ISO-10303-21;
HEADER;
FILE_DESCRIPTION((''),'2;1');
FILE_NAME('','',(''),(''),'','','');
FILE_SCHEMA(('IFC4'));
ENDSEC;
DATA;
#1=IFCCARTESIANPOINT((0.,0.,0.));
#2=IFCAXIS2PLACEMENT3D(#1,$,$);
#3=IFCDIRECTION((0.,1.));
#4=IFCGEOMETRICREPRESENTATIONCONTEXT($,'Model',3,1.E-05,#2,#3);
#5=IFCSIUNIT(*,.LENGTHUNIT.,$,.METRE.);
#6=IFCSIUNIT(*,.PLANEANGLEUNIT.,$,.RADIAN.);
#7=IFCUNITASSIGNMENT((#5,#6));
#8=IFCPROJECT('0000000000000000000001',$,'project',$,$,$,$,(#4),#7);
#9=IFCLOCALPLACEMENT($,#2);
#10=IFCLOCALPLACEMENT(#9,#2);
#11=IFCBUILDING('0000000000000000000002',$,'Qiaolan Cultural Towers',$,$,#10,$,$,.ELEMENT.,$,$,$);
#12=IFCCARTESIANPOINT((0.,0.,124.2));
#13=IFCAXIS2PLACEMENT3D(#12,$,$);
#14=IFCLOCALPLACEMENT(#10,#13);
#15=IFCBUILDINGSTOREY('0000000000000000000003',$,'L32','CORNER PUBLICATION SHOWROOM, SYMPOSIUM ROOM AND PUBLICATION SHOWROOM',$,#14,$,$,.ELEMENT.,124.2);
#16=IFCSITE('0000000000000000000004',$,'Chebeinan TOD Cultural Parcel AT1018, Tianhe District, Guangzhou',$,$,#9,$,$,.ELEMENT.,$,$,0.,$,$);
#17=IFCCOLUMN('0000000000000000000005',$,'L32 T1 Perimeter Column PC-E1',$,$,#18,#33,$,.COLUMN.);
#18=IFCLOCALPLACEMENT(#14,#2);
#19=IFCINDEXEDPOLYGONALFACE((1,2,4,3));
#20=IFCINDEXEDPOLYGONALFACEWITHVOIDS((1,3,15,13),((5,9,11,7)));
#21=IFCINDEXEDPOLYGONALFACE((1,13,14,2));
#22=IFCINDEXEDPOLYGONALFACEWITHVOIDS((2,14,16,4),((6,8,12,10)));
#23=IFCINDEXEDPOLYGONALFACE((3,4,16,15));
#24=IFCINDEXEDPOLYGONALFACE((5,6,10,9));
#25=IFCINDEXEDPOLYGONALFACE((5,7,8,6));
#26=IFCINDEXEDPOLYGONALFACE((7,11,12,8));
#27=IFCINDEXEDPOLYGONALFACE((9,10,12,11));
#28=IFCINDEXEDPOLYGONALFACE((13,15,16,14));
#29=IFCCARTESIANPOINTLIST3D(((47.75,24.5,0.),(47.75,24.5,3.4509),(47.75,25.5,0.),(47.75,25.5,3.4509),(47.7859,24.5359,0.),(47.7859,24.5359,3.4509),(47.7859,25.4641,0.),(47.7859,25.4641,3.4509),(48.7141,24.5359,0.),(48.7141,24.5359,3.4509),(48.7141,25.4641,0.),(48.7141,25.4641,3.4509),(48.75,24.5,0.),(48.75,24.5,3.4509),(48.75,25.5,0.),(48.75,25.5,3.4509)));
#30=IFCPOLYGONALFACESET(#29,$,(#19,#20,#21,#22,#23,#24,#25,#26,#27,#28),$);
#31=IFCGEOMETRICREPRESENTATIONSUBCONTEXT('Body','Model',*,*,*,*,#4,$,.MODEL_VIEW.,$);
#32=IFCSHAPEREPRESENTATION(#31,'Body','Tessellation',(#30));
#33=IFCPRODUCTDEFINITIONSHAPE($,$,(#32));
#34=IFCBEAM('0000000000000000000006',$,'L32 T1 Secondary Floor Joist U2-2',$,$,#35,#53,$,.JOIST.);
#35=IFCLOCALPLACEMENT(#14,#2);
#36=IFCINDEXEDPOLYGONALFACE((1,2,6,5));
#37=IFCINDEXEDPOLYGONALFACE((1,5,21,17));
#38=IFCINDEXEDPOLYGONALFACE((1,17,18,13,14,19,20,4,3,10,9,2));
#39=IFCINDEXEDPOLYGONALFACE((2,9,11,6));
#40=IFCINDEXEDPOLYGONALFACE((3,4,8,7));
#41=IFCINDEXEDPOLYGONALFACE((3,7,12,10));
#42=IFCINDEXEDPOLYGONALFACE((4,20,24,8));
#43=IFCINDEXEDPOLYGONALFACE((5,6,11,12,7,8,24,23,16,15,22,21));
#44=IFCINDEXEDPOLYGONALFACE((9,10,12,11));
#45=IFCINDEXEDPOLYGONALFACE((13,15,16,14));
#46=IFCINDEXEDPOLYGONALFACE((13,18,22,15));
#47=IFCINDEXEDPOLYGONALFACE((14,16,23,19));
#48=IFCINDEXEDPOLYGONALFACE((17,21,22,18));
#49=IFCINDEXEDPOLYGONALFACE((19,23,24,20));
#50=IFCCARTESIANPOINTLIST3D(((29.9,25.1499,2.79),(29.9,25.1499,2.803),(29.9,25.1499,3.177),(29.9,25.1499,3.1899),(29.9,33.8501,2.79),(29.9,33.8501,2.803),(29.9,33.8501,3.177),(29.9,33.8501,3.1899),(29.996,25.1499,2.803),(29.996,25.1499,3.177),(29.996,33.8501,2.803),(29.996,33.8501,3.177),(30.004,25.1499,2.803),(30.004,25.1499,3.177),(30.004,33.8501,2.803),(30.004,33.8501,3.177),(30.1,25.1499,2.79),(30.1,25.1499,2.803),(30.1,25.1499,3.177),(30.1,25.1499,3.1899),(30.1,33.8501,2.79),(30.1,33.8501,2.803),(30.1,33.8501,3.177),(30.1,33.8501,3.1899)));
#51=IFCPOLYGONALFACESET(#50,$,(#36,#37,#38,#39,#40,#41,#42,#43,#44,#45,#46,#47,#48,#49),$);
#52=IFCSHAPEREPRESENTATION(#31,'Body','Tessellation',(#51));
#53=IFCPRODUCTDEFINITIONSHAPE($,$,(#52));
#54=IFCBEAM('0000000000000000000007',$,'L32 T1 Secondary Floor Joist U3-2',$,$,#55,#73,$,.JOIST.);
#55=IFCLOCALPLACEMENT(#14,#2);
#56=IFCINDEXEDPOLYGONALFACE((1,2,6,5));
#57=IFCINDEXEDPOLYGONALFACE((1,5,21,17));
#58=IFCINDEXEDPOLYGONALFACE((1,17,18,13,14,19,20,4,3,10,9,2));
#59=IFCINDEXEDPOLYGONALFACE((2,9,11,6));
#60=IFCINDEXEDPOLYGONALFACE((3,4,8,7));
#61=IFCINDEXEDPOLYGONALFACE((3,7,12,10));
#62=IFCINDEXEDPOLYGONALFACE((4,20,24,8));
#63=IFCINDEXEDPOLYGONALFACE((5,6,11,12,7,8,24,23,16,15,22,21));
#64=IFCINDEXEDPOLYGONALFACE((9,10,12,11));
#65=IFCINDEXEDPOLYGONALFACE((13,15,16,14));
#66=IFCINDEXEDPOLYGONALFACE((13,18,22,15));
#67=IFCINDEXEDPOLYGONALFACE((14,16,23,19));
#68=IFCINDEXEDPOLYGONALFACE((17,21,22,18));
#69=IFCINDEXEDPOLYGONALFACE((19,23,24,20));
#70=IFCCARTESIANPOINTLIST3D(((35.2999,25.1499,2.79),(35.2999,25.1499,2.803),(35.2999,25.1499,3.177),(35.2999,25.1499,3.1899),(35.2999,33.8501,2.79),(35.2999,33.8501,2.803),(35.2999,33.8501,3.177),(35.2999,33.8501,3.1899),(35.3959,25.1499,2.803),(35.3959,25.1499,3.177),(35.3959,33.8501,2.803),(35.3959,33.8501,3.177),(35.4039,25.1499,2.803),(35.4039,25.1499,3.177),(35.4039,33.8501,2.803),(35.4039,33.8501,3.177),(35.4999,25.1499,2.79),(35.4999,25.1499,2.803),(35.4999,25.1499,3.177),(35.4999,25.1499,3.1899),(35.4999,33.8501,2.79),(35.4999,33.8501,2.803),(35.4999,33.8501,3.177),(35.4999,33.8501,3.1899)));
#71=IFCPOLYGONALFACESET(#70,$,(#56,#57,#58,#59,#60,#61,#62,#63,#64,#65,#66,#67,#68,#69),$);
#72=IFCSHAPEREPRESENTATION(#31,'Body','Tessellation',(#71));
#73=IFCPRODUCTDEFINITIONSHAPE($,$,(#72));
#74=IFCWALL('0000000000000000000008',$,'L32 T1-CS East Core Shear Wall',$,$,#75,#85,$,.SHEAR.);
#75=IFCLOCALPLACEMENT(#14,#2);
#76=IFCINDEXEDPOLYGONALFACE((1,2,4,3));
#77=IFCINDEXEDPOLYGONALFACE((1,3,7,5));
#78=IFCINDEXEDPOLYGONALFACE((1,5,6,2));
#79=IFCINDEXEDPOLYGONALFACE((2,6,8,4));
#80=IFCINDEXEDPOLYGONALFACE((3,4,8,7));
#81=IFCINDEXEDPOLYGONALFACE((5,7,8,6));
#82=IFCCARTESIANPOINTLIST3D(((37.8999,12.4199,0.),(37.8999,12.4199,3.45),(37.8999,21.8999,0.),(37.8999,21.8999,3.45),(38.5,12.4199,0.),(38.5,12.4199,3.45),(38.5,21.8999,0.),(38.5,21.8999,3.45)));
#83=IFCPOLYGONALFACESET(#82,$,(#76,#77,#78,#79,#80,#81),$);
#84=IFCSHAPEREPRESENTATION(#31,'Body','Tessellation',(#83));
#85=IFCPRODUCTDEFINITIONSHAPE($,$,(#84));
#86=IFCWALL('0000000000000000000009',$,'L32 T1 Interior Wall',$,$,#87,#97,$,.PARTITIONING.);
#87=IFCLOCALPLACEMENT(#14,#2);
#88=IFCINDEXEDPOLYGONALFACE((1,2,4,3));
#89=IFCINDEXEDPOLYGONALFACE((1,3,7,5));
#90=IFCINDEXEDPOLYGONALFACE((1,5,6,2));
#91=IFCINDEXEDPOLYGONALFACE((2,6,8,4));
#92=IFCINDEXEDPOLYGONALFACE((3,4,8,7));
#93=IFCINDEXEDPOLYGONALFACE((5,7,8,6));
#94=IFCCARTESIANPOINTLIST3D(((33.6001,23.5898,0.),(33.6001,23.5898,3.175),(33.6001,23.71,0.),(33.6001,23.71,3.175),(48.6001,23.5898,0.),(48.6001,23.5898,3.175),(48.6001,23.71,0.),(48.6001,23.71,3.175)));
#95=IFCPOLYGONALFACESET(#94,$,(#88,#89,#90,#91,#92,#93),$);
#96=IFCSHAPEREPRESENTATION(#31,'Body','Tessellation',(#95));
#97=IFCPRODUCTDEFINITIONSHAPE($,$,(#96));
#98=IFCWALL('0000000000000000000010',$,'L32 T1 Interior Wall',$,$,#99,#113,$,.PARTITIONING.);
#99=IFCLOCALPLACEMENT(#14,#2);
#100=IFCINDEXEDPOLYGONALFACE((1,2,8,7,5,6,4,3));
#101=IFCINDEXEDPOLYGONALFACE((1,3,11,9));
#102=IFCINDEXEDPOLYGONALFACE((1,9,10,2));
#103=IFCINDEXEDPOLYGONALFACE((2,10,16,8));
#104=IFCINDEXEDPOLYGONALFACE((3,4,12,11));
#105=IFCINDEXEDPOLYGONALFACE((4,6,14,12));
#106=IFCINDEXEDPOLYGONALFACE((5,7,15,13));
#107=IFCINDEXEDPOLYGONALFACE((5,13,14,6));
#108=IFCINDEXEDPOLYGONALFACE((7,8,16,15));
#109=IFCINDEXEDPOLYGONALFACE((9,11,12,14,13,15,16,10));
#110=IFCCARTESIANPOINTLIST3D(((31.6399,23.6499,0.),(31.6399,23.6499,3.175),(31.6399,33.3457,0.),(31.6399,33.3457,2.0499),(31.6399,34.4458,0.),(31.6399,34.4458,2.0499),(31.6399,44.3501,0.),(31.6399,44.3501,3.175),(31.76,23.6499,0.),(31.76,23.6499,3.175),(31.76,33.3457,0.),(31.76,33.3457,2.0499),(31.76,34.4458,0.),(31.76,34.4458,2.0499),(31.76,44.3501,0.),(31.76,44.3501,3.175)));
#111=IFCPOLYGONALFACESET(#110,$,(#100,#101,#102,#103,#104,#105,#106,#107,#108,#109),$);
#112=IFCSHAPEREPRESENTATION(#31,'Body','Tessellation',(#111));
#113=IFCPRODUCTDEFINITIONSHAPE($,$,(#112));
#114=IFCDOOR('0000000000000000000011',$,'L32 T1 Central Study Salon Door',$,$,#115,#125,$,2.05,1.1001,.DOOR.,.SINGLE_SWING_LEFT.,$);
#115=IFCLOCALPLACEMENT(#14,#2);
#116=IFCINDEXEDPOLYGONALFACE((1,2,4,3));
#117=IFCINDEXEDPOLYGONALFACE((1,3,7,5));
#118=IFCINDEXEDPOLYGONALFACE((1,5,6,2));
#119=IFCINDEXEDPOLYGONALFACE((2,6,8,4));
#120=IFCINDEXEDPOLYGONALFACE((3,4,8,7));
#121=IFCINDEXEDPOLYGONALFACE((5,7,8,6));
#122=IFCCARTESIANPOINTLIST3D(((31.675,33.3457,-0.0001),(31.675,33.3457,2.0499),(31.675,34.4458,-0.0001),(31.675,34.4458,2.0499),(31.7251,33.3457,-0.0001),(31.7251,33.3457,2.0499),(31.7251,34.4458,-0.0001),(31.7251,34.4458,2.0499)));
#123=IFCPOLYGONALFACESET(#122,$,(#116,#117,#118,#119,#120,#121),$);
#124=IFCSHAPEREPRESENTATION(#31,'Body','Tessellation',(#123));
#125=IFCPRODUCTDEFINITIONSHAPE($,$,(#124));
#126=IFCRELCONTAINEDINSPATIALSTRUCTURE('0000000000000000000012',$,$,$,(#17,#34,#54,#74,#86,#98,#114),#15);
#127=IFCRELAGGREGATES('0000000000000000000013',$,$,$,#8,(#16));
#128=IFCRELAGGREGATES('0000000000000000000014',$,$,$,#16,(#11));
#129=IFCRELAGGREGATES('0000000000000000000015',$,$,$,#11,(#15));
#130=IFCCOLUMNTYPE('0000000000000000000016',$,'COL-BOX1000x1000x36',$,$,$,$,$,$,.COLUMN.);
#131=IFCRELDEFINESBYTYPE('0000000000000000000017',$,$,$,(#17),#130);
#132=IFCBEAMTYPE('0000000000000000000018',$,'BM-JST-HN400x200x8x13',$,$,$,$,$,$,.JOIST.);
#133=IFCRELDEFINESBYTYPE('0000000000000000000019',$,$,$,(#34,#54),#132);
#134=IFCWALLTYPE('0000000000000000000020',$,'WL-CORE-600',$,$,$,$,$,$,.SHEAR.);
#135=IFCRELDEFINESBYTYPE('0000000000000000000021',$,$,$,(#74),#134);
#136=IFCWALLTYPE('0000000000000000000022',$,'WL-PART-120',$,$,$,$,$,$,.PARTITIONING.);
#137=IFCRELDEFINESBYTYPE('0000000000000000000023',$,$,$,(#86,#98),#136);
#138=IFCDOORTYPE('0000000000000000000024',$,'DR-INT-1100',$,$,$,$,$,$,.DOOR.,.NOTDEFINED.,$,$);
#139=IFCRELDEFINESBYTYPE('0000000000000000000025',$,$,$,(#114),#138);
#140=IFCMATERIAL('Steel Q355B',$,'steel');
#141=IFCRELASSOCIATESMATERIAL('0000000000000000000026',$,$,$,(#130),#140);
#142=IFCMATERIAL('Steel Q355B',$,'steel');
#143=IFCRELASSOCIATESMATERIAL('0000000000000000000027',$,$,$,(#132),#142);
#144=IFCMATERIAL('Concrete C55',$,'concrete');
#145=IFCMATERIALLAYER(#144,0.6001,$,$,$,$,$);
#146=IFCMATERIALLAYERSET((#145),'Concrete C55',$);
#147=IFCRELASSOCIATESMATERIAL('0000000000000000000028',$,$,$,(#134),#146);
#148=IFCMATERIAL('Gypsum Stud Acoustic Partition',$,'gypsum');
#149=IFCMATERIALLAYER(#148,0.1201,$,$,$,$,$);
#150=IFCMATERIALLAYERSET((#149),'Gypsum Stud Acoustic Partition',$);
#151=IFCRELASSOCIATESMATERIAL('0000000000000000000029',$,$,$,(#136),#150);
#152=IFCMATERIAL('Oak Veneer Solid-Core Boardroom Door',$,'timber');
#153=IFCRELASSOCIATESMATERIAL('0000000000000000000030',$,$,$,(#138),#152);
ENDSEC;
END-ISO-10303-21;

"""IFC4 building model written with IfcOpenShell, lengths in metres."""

from ifc_helpers import new_model, si_unit, direction, frame, frame_2d, origin, origin_2d, place, context, subcontext, project, spatial, rectangle, hollow_rectangle, i_section, extrude, material, layer, layer_set, material_profile, profile_set, type_object, element, fill, save


model = new_model("IFC4")

# Units and contexts
model_context = context("Model", 3, precision=1e-05, world=origin(), true_north=direction((0.0, 1.0)))
body_context = subcontext(model_context, "Body", "Model", "MODEL_VIEW")
ifc_project = project(units=[si_unit("LENGTHUNIT", "METRE"), si_unit("PLANEANGLEUNIT", "RADIAN")], contexts=[model_context])

# Site, building, storey
site_placement = place(None, origin())
site = spatial("IfcSite", under=ifc_project, at=site_placement, Name="Chebeinan TOD Cultural Parcel AT1018, Tianhe District, Guangzhou", CompositionType="ELEMENT", RefElevation=0.0)
building_placement = place(site_placement, origin())
building = spatial("IfcBuilding", under=site, at=building_placement, Name="Qiaolan Cultural Towers", CompositionType="ELEMENT")
storey_placement = place(building_placement, frame((0.0, 0.0, 124.2)))
storey = spatial("IfcBuildingStorey", under=building, at=storey_placement, Name="L32", Description="CORNER PUBLICATION SHOWROOM, SYMPOSIUM ROOM AND PUBLICATION SHOWROOM", CompositionType="ELEMENT", Elevation=124.2)

# Column
ifc_material_1 = material(Name="Steel Q355B", Category="steel")
ifc_material_profile_1 = material_profile(ifc_material_1, hollow_rectangle(XDim=1.0, YDim=1.0, WallThickness=0.0359, at=origin_2d()), Name="BOX1000x1000x36")
ifc_profile_set_1 = profile_set([ifc_material_profile_1], Name="Steel Q355B")
column_type = type_object("IfcColumnType", Name="COL-BOX1000x1000x36", PredefinedType="COLUMN", material=ifc_profile_set_1)
column_placement = place(storey_placement, frame((48.25, 25.0, 0.0), z_axis=(0.0, 0.0, 1.0), x_axis=(1.0, 0.0, 0.0)))
element("IfcColumn", 1, at=column_placement, inside=storey, type_object=column_type, Name="L32 T1 Perimeter Column PC-E1", PredefinedType="COLUMN", context=body_context, shape_type="SweptSolid", body=[
    extrude(hollow_rectangle(XDim=1.0, YDim=1.0, WallThickness=0.0359, at=origin_2d()), origin(), (0.0, 0.0, 1.0), 3.4509),
])

# Beams
ifc_material_2 = material(Name="Steel Q355B", Category="steel")
ifc_material_profile_2 = material_profile(ifc_material_2, i_section(OverallWidth=0.2, OverallDepth=0.3999, WebThickness=0.0081, FlangeThickness=0.0129, at=origin_2d()), Name="HN400x200x8x13")
ifc_profile_set_2 = profile_set([ifc_material_profile_2], Name="Steel Q355B")
beam_type = type_object("IfcBeamType", Name="BM-JST-HN400x200x8x13", PredefinedType="JOIST", material=ifc_profile_set_2)
for number, where, z_axis, x_axis, name in (
    (2, (30.0, 25.1499, 2.99), (0.0, 1.0, 0.0), (-1.0, 0.0, 0.0), "L32 T1 Secondary Floor Joist U2-2"),
    (3, (35.3999, 25.1499, 2.99), (0.0, 1.0, 0.0), (-1.0, 0.0, 0.0), "L32 T1 Secondary Floor Joist U3-2"),
):
    element("IfcBeam", number, at=place(storey_placement, frame(where, z_axis=z_axis, x_axis=x_axis)), inside=storey, type_object=beam_type, Name=name, PredefinedType="JOIST", context=body_context, shape_type="SweptSolid", body=[
        extrude(i_section(OverallWidth=0.2, OverallDepth=0.3999, WebThickness=0.0081, FlangeThickness=0.0129, at=origin_2d()), origin(), (0.0, 0.0, 1.0), 8.7002),
    ])

# Walls
ifc_material_3 = material(Name="Concrete C55", Category="concrete")
ifc_layer_1 = layer(ifc_material_3, 0.6001)
ifc_layer_set_1 = layer_set([ifc_layer_1], Name="Concrete C55")
wall_type_1 = type_object("IfcWallType", Name="WL-CORE-600", PredefinedType="SHEAR", material=ifc_layer_set_1)
wall_1_placement = place(storey_placement, frame((38.2, 21.8999, 0.0), z_axis=(0.0, 0.0, 1.0), x_axis=(0.0, -1.0, 0.0)))
element("IfcWall", 4, at=wall_1_placement, inside=storey, type_object=wall_type_1, Name="L32 T1-CS East Core Shear Wall", PredefinedType="SHEAR", context=body_context, shape_type="SweptSolid", body=[
    extrude(rectangle(XDim=9.48, YDim=0.6001, at=frame_2d((4.74, 0.0))), origin(), (0.0, 0.0, 1.0), 3.45),
])
ifc_material_4 = material(Name="Gypsum Stud Acoustic Partition", Category="gypsum")
ifc_layer_2 = layer(ifc_material_4, 0.1201)
ifc_layer_set_2 = layer_set([ifc_layer_2], Name="Gypsum Stud Acoustic Partition")
wall_type_2 = type_object("IfcWallType", Name="WL-PART-120", PredefinedType="PARTITIONING", material=ifc_layer_set_2)
wall_2_placement = place(storey_placement, frame((33.6001, 23.6499, 0.0), z_axis=(0.0, 0.0, 1.0), x_axis=(1.0, 0.0, 0.0)))
element("IfcWall", 5, at=wall_2_placement, inside=storey, type_object=wall_type_2, Name="L32 T1 Interior Wall", PredefinedType="PARTITIONING", context=body_context, shape_type="SweptSolid", body=[
    extrude(rectangle(XDim=15.0, YDim=0.1201, at=frame_2d((7.5, 0.0))), origin(), (0.0, 0.0, 1.0), 3.175),
])

# Wall, opening, door
wall_3_placement = place(storey_placement, frame((31.7, 23.6499, 0.0), z_axis=(0.0, 0.0, 1.0), x_axis=(0.0, 1.0, 0.0)))
wall_3 = element("IfcWall", 6, at=wall_3_placement, inside=storey, type_object=wall_type_2, Name="L32 T1 Interior Wall", PredefinedType="PARTITIONING", context=body_context, shape_type="SweptSolid", body=[
    extrude(rectangle(XDim=20.7002, YDim=0.1201, at=frame_2d((10.3501, 0.0))), origin(), (0.0, 0.0, 1.0), 3.175),
])
opening_1_placement = place(wall_3_placement, frame((9.6958, 0.0, 0.0)))
opening_1 = element("IfcOpeningElement", 7, at=opening_1_placement, cuts=wall_3, PredefinedType="OPENING", context=body_context, shape_type="SweptSolid", body=[
    extrude(rectangle(XDim=1.1001, YDim=2.05, at=frame_2d((0.55, 1.0249))), frame((0.0, 0.0701, 0.0), z_axis=(0.0, -1.0, 0.0), x_axis=(1.0, 0.0, 0.0)), (0.0, 0.0, 1.0), 0.1401),
])
ifc_material_5 = material(Name="Oak Veneer Solid-Core Boardroom Door", Category="timber")
door_type_1 = type_object("IfcDoorType", Name="DR-INT-1100", OperationType="NOTDEFINED", PredefinedType="DOOR", material=ifc_material_5)
door_1_placement = place(opening_1_placement, origin())
door_1 = element("IfcDoor", 8, at=door_1_placement, inside=storey, type_object=door_type_1, Name="L32 T1 Central Study Salon Door", OperationType="SINGLE_SWING_LEFT", OverallHeight=2.05, OverallWidth=1.1001, PredefinedType="DOOR", context=body_context, shape_type="SweptSolid", body=[
    extrude(rectangle(XDim=1.1001, YDim=2.05, at=frame_2d((0.55, 1.0249))), frame((0.0, 0.0249, 0.0), z_axis=(0.0, -1.0, 0.0), x_axis=(1.0, 0.0, 0.0)), (0.0, 0.0, 1.0), 0.05),
])
fill(opening_1, door_1)

save(model, "model.ifc")
